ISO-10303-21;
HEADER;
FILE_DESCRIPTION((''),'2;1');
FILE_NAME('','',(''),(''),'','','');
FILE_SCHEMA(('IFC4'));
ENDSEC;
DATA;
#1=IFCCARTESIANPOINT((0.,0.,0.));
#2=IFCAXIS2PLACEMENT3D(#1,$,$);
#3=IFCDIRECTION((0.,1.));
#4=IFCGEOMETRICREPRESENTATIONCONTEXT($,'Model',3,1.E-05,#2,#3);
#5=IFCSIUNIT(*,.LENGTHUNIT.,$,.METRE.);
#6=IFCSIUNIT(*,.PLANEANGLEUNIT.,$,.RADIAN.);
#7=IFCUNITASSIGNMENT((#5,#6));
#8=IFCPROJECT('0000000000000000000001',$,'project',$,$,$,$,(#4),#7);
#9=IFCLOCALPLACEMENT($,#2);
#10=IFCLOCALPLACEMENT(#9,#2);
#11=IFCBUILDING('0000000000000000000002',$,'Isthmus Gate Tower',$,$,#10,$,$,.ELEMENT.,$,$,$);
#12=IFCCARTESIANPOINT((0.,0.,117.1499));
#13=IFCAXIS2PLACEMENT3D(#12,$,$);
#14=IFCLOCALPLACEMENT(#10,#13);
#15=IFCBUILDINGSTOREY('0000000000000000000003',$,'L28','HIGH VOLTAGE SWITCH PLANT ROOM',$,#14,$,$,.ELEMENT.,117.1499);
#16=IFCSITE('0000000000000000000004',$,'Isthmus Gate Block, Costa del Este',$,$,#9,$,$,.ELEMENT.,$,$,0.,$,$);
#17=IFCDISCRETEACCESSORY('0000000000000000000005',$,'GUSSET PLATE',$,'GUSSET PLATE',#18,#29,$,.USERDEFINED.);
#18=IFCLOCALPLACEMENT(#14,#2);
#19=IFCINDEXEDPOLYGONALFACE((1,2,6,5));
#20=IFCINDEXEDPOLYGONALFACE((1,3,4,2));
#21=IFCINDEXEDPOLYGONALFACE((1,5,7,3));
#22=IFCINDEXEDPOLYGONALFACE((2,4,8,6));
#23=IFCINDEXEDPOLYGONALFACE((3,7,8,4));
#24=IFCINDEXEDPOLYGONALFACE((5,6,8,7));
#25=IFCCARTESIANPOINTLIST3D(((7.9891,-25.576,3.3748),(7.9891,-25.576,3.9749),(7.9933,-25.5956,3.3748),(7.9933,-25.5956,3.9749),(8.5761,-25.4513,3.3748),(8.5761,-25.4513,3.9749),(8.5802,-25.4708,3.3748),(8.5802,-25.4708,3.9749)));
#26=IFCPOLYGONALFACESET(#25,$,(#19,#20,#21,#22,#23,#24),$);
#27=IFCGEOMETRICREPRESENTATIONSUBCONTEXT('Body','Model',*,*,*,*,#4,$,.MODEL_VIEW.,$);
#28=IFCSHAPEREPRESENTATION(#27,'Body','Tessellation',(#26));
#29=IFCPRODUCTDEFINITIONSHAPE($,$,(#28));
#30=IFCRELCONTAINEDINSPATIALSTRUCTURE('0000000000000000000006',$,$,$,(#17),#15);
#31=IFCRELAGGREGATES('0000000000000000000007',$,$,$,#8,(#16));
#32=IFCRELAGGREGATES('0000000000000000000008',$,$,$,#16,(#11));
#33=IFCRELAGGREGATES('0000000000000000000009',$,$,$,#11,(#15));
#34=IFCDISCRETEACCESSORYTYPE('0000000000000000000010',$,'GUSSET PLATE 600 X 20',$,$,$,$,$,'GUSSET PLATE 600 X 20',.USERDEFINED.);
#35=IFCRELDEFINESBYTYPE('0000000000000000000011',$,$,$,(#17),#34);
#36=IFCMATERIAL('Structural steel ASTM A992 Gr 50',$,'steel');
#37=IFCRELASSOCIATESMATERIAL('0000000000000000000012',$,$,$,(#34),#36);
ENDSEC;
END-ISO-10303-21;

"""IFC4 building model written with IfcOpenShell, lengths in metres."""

from ifc_helpers import new_model, si_unit, direction, frame, origin, origin_2d, place, context, subcontext, project, spatial, rectangle, extrude, material, type_object, element, save


model = new_model("IFC4")

# Units and contexts
model_context = context("Model", 3, precision=1e-05, world=origin(), true_north=direction((0.0, 1.0)))
body_context = subcontext(model_context, "Body", "Model", "MODEL_VIEW")
ifc_project = project(units=[si_unit("LENGTHUNIT", "METRE"), si_unit("PLANEANGLEUNIT", "RADIAN")], contexts=[model_context])

# Site, building, storey
site_placement = place(None, origin())
site = spatial("IfcSite", under=ifc_project, at=site_placement, Name="Isthmus Gate Block, Costa del Este", CompositionType="ELEMENT", RefElevation=0.0)
building_placement = place(site_placement, origin())
building = spatial("IfcBuilding", under=site, at=building_placement, Name="Isthmus Gate Tower", CompositionType="ELEMENT")
storey_placement = place(building_placement, frame((0.0, 0.0, 117.1499)))
storey = spatial("IfcBuildingStorey", under=building, at=storey_placement, Name="L28", Description="HIGH VOLTAGE SWITCH PLANT ROOM", CompositionType="ELEMENT", Elevation=117.1499)

# Discrete accessory
ifc_material_1 = material(Name="Structural steel ASTM A992 Gr 50", Category="steel")
discrete_accessory_type = type_object("IfcDiscreteAccessoryType", Name="GUSSET PLATE 600 X 20", ElementType="GUSSET PLATE 600 X 20", PredefinedType="USERDEFINED", material=ifc_material_1)
for number, where, z_axis, x_axis, name in (
    (1, (8.2847, -25.5234, 3.3748), (0.0, 0.0, 1.0), (0.978148, 0.207912, 0.0), "GUSSET PLATE"),
):
    element("IfcDiscreteAccessory", number, at=place(storey_placement, frame(where, z_axis=z_axis, x_axis=x_axis)), inside=storey, type_object=discrete_accessory_type, Name=name, ObjectType="GUSSET PLATE", PredefinedType="USERDEFINED", context=body_context, shape_type="SweptSolid", body=[
        extrude(rectangle(XDim=0.6001, YDim=0.02, at=origin_2d()), origin(), (0.0, 0.0, 1.0), 0.6001),
    ])

save(model, "model.ifc")
